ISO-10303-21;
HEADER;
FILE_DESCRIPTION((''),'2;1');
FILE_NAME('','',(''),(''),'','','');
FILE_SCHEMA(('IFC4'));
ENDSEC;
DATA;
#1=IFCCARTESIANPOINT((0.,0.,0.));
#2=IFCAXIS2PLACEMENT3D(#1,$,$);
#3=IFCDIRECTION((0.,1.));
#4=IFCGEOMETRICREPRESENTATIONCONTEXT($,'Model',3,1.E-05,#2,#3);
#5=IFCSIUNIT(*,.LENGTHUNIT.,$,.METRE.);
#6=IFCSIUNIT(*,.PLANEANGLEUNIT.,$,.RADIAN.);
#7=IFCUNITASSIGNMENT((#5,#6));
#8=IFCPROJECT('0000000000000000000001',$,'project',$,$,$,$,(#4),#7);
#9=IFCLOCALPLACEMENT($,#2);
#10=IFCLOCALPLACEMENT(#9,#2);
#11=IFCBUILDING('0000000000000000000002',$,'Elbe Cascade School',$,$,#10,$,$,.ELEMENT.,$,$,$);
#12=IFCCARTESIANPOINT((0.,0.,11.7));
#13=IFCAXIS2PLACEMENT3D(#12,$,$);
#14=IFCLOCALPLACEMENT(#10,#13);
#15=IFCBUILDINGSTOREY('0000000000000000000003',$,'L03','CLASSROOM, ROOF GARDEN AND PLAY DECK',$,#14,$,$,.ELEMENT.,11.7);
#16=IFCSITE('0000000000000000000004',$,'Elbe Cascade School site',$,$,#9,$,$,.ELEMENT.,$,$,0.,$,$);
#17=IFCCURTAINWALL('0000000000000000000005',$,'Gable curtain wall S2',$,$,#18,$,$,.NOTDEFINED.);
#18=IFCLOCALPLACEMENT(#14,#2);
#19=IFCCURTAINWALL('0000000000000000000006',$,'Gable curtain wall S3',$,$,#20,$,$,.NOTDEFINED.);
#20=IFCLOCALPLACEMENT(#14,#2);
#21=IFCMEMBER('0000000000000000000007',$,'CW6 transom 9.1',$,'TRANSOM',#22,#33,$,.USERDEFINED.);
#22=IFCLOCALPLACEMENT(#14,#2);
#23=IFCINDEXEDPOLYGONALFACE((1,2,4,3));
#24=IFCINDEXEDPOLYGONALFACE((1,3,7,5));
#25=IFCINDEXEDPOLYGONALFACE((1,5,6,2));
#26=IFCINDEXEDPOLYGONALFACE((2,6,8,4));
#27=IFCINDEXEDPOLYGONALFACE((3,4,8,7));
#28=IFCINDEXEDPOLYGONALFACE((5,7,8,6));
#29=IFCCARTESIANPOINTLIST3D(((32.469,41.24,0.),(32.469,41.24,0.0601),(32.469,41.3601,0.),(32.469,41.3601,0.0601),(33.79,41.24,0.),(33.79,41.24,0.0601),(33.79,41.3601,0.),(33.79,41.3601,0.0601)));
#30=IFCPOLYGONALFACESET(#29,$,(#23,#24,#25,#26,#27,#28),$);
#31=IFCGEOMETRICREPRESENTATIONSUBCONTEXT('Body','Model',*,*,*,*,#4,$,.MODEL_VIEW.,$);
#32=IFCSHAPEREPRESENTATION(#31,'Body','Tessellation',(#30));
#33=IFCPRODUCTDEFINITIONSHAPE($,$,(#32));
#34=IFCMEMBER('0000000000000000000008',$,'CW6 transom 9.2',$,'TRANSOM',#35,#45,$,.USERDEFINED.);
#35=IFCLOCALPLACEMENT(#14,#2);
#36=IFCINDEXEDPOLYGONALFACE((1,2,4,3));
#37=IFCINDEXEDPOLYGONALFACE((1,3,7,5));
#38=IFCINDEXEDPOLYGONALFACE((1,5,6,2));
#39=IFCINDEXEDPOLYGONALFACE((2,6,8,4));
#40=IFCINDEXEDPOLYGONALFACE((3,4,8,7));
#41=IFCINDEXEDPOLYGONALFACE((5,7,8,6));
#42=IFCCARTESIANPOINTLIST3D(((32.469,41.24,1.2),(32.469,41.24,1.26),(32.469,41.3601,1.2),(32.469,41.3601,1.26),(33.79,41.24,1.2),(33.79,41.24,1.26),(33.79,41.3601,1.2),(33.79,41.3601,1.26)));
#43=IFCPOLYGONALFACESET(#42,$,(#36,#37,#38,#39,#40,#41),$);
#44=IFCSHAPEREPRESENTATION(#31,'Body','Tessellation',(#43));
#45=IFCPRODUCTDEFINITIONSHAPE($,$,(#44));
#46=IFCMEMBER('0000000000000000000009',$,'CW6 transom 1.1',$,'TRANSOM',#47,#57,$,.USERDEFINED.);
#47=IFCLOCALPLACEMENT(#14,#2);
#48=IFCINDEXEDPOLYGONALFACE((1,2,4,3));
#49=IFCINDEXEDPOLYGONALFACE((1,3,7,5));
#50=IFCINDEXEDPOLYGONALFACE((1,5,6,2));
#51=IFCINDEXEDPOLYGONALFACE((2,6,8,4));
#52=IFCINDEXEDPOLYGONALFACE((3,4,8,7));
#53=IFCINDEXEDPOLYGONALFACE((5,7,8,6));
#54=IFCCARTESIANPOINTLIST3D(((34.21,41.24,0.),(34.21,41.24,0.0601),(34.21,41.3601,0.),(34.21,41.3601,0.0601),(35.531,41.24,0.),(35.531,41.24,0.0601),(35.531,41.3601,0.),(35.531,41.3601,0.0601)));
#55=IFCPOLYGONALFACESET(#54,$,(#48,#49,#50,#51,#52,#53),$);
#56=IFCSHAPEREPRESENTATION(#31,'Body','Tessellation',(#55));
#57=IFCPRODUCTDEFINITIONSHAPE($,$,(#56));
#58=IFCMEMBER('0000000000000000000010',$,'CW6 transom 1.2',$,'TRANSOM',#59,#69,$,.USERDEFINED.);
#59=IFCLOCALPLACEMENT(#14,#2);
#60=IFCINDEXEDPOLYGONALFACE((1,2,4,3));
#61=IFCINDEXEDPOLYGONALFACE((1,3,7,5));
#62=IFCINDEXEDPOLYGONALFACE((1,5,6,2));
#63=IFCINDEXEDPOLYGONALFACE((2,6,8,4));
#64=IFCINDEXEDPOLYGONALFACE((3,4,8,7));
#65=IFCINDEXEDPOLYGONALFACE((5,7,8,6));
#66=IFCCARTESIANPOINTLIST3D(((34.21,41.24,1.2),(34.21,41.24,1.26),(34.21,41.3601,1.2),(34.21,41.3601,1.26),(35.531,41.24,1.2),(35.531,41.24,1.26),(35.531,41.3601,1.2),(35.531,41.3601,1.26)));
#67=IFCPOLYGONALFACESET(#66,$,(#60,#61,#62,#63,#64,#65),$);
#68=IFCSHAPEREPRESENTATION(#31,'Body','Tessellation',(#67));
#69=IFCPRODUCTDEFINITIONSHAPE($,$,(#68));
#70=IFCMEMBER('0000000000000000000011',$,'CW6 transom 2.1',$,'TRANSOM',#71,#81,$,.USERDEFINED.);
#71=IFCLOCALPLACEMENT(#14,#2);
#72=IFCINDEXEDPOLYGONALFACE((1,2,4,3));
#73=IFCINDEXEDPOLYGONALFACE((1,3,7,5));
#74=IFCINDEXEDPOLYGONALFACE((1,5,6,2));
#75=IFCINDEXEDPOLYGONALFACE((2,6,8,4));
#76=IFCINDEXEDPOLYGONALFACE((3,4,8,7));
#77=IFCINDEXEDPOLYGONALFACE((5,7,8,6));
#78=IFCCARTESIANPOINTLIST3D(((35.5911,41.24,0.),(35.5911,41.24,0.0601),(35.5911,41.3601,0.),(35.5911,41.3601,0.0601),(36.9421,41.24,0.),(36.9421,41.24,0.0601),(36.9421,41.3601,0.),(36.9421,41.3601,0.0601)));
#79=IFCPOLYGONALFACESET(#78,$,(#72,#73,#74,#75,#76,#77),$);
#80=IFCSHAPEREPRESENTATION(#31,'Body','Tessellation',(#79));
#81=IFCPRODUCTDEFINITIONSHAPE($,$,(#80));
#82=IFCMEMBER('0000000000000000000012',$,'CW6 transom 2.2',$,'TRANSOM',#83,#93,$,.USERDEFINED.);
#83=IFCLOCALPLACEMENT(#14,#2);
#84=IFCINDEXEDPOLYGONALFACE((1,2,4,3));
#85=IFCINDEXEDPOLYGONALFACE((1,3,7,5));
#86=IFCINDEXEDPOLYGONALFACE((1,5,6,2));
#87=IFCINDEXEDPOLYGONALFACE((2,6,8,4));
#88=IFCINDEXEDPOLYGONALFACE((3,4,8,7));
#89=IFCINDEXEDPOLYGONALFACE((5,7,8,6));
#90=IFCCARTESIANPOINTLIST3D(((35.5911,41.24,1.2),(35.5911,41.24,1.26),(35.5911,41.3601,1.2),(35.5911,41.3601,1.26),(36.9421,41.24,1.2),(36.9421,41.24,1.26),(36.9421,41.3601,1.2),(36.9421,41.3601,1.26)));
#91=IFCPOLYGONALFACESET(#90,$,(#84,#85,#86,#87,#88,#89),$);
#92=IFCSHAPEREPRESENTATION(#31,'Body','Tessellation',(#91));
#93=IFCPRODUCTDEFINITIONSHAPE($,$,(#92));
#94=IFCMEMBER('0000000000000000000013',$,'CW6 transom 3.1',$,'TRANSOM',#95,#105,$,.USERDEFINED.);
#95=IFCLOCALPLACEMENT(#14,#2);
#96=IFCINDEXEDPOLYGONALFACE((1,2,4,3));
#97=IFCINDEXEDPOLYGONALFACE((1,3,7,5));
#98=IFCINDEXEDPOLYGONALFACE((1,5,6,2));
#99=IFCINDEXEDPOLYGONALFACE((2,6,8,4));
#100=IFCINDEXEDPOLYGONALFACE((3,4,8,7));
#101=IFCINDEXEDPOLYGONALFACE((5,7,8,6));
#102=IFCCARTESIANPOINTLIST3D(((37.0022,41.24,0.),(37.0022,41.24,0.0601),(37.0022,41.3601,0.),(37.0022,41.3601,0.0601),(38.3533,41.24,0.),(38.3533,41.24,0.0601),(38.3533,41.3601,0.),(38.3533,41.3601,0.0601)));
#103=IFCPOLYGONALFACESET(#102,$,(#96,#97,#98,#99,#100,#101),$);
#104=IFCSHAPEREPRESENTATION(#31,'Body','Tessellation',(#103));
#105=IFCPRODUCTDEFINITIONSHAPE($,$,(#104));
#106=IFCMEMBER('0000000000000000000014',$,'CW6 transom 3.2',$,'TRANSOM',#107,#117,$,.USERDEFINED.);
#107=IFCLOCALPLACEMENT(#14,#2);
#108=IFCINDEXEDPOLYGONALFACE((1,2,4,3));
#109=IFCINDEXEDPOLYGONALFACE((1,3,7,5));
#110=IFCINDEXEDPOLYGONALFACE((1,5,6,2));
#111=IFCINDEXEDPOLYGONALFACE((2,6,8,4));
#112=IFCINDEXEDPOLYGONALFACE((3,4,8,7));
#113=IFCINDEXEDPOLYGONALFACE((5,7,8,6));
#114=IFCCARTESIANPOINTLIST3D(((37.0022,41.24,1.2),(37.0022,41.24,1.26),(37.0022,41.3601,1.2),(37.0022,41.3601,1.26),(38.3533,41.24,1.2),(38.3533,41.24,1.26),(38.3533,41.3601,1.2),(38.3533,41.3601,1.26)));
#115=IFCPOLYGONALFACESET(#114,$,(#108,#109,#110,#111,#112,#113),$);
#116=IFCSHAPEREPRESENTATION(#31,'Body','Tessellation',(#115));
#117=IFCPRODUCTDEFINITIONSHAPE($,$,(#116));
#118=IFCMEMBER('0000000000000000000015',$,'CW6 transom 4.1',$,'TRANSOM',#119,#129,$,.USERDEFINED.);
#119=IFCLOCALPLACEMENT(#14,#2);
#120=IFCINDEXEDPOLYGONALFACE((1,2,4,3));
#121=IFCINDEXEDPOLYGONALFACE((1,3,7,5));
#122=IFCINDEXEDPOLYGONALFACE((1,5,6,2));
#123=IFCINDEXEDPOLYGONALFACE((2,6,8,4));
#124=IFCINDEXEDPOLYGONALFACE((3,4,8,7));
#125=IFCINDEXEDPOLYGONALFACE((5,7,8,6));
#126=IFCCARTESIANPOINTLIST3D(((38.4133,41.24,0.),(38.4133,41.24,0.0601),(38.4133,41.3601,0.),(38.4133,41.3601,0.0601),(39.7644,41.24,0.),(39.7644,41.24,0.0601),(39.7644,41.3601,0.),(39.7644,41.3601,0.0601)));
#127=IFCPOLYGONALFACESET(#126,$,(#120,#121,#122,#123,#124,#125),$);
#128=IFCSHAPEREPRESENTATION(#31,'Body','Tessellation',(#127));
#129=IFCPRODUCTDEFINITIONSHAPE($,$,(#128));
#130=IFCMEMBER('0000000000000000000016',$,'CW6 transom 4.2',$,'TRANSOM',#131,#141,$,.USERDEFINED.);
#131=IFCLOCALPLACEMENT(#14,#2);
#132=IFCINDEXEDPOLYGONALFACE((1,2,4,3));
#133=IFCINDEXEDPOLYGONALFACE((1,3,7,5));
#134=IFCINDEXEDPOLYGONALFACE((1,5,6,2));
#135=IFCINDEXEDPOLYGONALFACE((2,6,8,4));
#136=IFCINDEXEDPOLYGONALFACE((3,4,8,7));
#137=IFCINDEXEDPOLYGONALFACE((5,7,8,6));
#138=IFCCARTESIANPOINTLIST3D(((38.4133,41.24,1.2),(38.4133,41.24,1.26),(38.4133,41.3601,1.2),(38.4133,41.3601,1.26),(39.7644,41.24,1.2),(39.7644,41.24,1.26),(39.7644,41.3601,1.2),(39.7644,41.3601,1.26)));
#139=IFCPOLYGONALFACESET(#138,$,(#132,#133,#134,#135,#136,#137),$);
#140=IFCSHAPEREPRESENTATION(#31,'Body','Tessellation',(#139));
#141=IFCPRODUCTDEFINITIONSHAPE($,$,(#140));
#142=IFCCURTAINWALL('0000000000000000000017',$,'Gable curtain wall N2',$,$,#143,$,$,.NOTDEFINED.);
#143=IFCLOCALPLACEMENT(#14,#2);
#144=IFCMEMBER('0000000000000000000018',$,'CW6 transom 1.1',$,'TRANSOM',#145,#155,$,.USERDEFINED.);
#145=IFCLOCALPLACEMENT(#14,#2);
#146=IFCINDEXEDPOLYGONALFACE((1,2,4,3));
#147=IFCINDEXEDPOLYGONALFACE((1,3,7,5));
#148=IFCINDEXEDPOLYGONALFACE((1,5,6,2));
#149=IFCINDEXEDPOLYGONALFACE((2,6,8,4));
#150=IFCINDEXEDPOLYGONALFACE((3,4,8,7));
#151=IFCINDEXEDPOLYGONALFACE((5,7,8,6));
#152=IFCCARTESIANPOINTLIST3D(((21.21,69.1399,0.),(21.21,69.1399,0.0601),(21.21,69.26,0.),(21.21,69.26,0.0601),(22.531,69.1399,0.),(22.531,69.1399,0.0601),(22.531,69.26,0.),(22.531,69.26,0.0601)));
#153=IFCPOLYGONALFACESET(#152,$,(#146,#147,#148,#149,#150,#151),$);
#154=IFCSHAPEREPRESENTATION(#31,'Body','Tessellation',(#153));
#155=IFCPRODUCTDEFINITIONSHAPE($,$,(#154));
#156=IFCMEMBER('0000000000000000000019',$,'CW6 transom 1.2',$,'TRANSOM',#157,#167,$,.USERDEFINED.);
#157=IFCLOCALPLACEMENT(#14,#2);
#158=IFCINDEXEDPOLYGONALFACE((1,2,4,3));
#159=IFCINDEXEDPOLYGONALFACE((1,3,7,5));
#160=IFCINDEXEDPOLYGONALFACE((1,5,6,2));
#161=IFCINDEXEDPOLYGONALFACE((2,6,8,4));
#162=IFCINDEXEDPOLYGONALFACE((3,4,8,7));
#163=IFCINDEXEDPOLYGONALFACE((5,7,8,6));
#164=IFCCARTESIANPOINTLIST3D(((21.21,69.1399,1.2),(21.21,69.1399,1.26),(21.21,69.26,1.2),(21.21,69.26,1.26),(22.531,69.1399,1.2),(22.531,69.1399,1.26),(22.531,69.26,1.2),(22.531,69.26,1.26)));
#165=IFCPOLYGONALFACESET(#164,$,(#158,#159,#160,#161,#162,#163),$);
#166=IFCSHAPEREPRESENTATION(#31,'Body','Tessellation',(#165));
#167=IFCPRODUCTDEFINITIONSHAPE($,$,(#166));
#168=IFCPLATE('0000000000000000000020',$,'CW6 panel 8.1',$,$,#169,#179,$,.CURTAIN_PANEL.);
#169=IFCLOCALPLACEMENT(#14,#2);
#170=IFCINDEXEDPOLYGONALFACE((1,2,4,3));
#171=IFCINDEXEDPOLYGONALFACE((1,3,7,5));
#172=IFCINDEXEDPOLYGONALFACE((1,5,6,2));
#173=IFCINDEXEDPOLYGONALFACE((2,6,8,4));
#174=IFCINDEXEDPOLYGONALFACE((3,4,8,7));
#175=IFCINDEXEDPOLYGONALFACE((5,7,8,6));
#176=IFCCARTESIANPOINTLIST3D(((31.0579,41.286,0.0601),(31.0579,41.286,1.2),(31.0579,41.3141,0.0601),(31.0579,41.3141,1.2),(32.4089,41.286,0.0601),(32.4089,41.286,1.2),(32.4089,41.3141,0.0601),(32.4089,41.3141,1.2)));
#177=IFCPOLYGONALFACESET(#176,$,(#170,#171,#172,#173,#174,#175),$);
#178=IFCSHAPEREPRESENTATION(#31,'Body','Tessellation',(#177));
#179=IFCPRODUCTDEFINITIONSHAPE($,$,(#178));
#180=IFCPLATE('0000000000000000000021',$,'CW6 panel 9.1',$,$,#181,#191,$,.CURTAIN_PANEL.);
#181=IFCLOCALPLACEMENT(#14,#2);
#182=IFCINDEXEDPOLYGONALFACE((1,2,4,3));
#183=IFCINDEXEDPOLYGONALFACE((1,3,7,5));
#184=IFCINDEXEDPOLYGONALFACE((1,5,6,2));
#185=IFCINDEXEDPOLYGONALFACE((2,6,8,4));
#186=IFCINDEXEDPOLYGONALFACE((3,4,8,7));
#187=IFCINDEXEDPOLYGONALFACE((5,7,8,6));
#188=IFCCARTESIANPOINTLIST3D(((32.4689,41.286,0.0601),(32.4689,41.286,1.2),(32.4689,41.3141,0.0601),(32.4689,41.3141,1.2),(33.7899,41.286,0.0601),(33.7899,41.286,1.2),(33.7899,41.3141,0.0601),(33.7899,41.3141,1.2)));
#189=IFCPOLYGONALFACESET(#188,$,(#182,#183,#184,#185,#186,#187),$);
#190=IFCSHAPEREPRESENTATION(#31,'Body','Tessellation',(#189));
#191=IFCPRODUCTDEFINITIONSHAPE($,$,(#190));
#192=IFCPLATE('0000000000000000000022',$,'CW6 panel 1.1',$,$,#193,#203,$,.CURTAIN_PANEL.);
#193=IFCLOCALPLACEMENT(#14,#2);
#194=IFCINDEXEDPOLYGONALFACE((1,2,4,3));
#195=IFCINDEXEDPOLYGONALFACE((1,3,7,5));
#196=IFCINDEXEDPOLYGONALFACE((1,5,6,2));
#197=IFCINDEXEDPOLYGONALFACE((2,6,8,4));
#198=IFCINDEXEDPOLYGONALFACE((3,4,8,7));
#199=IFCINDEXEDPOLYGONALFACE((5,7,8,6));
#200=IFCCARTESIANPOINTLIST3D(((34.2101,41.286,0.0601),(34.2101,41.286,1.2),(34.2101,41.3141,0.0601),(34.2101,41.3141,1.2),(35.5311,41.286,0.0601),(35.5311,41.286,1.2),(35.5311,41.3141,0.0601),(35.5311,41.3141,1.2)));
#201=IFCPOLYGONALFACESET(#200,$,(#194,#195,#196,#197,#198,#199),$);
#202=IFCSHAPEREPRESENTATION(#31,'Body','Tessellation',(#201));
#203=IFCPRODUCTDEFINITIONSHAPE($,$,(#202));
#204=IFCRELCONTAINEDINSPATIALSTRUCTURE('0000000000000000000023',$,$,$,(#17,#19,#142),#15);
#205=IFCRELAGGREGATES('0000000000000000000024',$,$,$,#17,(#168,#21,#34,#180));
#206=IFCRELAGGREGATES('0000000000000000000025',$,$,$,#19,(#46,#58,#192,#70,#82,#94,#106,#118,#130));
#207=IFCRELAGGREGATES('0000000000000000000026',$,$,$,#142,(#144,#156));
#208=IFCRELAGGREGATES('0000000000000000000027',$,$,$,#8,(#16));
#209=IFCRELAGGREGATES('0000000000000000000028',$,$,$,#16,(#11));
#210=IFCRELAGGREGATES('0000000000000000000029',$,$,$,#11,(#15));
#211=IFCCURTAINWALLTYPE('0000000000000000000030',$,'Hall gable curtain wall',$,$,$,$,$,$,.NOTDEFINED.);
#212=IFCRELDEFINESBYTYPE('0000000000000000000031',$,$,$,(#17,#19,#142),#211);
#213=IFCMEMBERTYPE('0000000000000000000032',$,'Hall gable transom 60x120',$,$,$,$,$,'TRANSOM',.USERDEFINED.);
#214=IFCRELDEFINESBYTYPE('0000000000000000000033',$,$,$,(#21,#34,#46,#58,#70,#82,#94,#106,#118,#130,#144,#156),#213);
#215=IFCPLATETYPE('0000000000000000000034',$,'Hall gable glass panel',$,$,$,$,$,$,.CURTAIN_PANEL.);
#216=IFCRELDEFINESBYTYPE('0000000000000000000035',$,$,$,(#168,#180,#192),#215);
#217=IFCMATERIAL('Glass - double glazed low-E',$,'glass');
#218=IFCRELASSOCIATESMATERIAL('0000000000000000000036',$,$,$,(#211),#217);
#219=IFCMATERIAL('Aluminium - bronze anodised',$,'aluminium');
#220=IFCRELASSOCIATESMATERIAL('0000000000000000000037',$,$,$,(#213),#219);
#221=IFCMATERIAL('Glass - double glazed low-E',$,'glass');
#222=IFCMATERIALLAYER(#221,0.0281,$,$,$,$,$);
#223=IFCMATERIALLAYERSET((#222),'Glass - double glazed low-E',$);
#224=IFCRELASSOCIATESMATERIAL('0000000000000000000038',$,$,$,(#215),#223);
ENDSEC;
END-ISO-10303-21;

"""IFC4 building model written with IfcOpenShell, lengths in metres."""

from ifc_helpers import new_model, si_unit, direction, frame, origin, origin_2d, place, context, subcontext, project, spatial, rectangle, extrude, material, layer, layer_set, material_profile, profile_set, type_object, element, aggregate, save


model = new_model("IFC4")

# Units and contexts
model_context = context("Model", 3, precision=1e-05, world=origin(), true_north=direction((0.0, 1.0)))
body_context = subcontext(model_context, "Body", "Model", "MODEL_VIEW")
ifc_project = project(units=[si_unit("LENGTHUNIT", "METRE"), si_unit("PLANEANGLEUNIT", "RADIAN")], contexts=[model_context])

# Site, building, storey
site_placement = place(None, origin())
site = spatial("IfcSite", under=ifc_project, at=site_placement, Name="Elbe Cascade School site", CompositionType="ELEMENT", RefElevation=0.0)
building_placement = place(site_placement, origin())
building = spatial("IfcBuilding", under=site, at=building_placement, Name="Elbe Cascade School", CompositionType="ELEMENT")
storey_placement = place(building_placement, frame((0.0, 0.0, 11.7)))
storey = spatial("IfcBuildingStorey", under=building, at=storey_placement, Name="L03", Description="CLASSROOM, ROOF GARDEN AND PLAY DECK", CompositionType="ELEMENT", Elevation=11.7)

# Curtain walls
ifc_material_1 = material(Name="Glass - double glazed low-E", Category="glass")
curtain_wall_type = type_object("IfcCurtainWallType", Name="Hall gable curtain wall", PredefinedType="NOTDEFINED", material=ifc_material_1)
curtain_wall_1_placement = place(storey_placement, origin())
curtain_wall_1 = element("IfcCurtainWall", 1, at=curtain_wall_1_placement, inside=storey, type_object=curtain_wall_type, Name="Gable curtain wall S2", PredefinedType="NOTDEFINED")
curtain_wall_2_placement = place(storey_placement, origin())
curtain_wall_2 = element("IfcCurtainWall", 2, at=curtain_wall_2_placement, inside=storey, type_object=curtain_wall_type, Name="Gable curtain wall S3", PredefinedType="NOTDEFINED")

# Members
ifc_material_2 = material(Name="Aluminium - bronze anodised", Category="aluminium")
ifc_material_profile_1 = material_profile(ifc_material_2, rectangle(XDim=0.1201, YDim=0.0601, at=origin_2d()), Name="Alu 60x120")
ifc_profile_set_1 = profile_set([ifc_material_profile_1], Name="Aluminium - bronze anodised")
member_type_1 = type_object("IfcMemberType", Name="Hall gable transom 60x120", ElementType="TRANSOM", PredefinedType="USERDEFINED", material=ifc_profile_set_1)
member_1_placement = place(storey_placement, frame((32.469, 41.3, 0.03), z_axis=(1.0, 0.0, 0.0), x_axis=(0.0, 1.0, 0.0)))
member_1 = element("IfcMember", 3, at=member_1_placement, type_object=member_type_1, Name="CW6 transom 9.1", ObjectType="TRANSOM", PredefinedType="USERDEFINED", context=body_context, shape_type="SweptSolid", body=[
    extrude(rectangle(XDim=0.1201, YDim=0.0601, at=origin_2d()), origin(), (0.0, 0.0, 1.0), 1.321),
])
member_2_placement = place(storey_placement, frame((32.469, 41.3, 1.23), z_axis=(1.0, 0.0, 0.0), x_axis=(0.0, 1.0, 0.0)))
member_2 = element("IfcMember", 4, at=member_2_placement, type_object=member_type_1, Name="CW6 transom 9.2", ObjectType="TRANSOM", PredefinedType="USERDEFINED", context=body_context, shape_type="SweptSolid", body=[
    extrude(rectangle(XDim=0.1201, YDim=0.0601, at=origin_2d()), origin(), (0.0, 0.0, 1.0), 1.321),
])
member_3_placement = place(storey_placement, frame((34.21, 41.3, 0.03), z_axis=(1.0, 0.0, 0.0), x_axis=(0.0, 1.0, 0.0)))
member_3 = element("IfcMember", 5, at=member_3_placement, type_object=member_type_1, Name="CW6 transom 1.1", ObjectType="TRANSOM", PredefinedType="USERDEFINED", context=body_context, shape_type="SweptSolid", body=[
    extrude(rectangle(XDim=0.1201, YDim=0.0601, at=origin_2d()), origin(), (0.0, 0.0, 1.0), 1.321),
])
member_4_placement = place(storey_placement, frame((34.21, 41.3, 1.23), z_axis=(1.0, 0.0, 0.0), x_axis=(0.0, 1.0, 0.0)))
member_4 = element("IfcMember", 6, at=member_4_placement, type_object=member_type_1, Name="CW6 transom 1.2", ObjectType="TRANSOM", PredefinedType="USERDEFINED", context=body_context, shape_type="SweptSolid", body=[
    extrude(rectangle(XDim=0.1201, YDim=0.0601, at=origin_2d()), origin(), (0.0, 0.0, 1.0), 1.321),
])
member_5_placement = place(storey_placement, frame((35.5911, 41.3, 0.03), z_axis=(1.0, 0.0, 0.0), x_axis=(0.0, 1.0, 0.0)))
member_5 = element("IfcMember", 7, at=member_5_placement, type_object=member_type_1, Name="CW6 transom 2.1", ObjectType="TRANSOM", PredefinedType="USERDEFINED", context=body_context, shape_type="SweptSolid", body=[
    extrude(rectangle(XDim=0.1201, YDim=0.0601, at=origin_2d()), origin(), (0.0, 0.0, 1.0), 1.3511),
])
member_6_placement = place(storey_placement, frame((35.5911, 41.3, 1.23), z_axis=(1.0, 0.0, 0.0), x_axis=(0.0, 1.0, 0.0)))
member_6 = element("IfcMember", 8, at=member_6_placement, type_object=member_type_1, Name="CW6 transom 2.2", ObjectType="TRANSOM", PredefinedType="USERDEFINED", context=body_context, shape_type="SweptSolid", body=[
    extrude(rectangle(XDim=0.1201, YDim=0.0601, at=origin_2d()), origin(), (0.0, 0.0, 1.0), 1.3511),
])
member_7_placement = place(storey_placement, frame((37.0022, 41.3, 0.03), z_axis=(1.0, 0.0, 0.0), x_axis=(0.0, 1.0, 0.0)))
member_7 = element("IfcMember", 9, at=member_7_placement, type_object=member_type_1, Name="CW6 transom 3.1", ObjectType="TRANSOM", PredefinedType="USERDEFINED", context=body_context, shape_type="SweptSolid", body=[
    extrude(rectangle(XDim=0.1201, YDim=0.0601, at=origin_2d()), origin(), (0.0, 0.0, 1.0), 1.3511),
])
member_8_placement = place(storey_placement, frame((37.0022, 41.3, 1.23), z_axis=(1.0, 0.0, 0.0), x_axis=(0.0, 1.0, 0.0)))
member_8 = element("IfcMember", 10, at=member_8_placement, type_object=member_type_1, Name="CW6 transom 3.2", ObjectType="TRANSOM", PredefinedType="USERDEFINED", context=body_context, shape_type="SweptSolid", body=[
    extrude(rectangle(XDim=0.1201, YDim=0.0601, at=origin_2d()), origin(), (0.0, 0.0, 1.0), 1.3511),
])
member_9_placement = place(storey_placement, frame((38.4133, 41.3, 0.03), z_axis=(1.0, 0.0, 0.0), x_axis=(0.0, 1.0, 0.0)))
member_9 = element("IfcMember", 11, at=member_9_placement, type_object=member_type_1, Name="CW6 transom 4.1", ObjectType="TRANSOM", PredefinedType="USERDEFINED", context=body_context, shape_type="SweptSolid", body=[
    extrude(rectangle(XDim=0.1201, YDim=0.0601, at=origin_2d()), origin(), (0.0, 0.0, 1.0), 1.3511),
])
member_10_placement = place(storey_placement, frame((38.4133, 41.3, 1.23), z_axis=(1.0, 0.0, 0.0), x_axis=(0.0, 1.0, 0.0)))
member_10 = element("IfcMember", 12, at=member_10_placement, type_object=member_type_1, Name="CW6 transom 4.2", ObjectType="TRANSOM", PredefinedType="USERDEFINED", context=body_context, shape_type="SweptSolid", body=[
    extrude(rectangle(XDim=0.1201, YDim=0.0601, at=origin_2d()), origin(), (0.0, 0.0, 1.0), 1.3511),
])

# Curtain wall, members
curtain_wall_3_placement = place(storey_placement, origin())
curtain_wall_3 = element("IfcCurtainWall", 13, at=curtain_wall_3_placement, inside=storey, type_object=curtain_wall_type, Name="Gable curtain wall N2", PredefinedType="NOTDEFINED")
member_11_placement = place(storey_placement, frame((21.21, 69.2, 0.03), z_axis=(1.0, 0.0, 0.0), x_axis=(0.0, 1.0, 0.0)))
member_11 = element("IfcMember", 14, at=member_11_placement, type_object=member_type_1, Name="CW6 transom 1.1", ObjectType="TRANSOM", PredefinedType="USERDEFINED", context=body_context, shape_type="SweptSolid", body=[
    extrude(rectangle(XDim=0.1201, YDim=0.0601, at=origin_2d()), origin(), (0.0, 0.0, 1.0), 1.321),
])
member_12_placement = place(storey_placement, frame((21.21, 69.2, 1.23), z_axis=(1.0, 0.0, 0.0), x_axis=(0.0, 1.0, 0.0)))
member_12 = element("IfcMember", 15, at=member_12_placement, type_object=member_type_1, Name="CW6 transom 1.2", ObjectType="TRANSOM", PredefinedType="USERDEFINED", context=body_context, shape_type="SweptSolid", body=[
    extrude(rectangle(XDim=0.1201, YDim=0.0601, at=origin_2d()), origin(), (0.0, 0.0, 1.0), 1.321),
])

# Plates
ifc_material_3 = material(Name="Glass - double glazed low-E", Category="glass")
ifc_layer_1 = layer(ifc_material_3, 0.0281)
ifc_layer_set_1 = layer_set([ifc_layer_1], Name="Glass - double glazed low-E")
plate_type = type_object("IfcPlateType", Name="Hall gable glass panel", PredefinedType="CURTAIN_PANEL", material=ifc_layer_set_1)
plate_1_placement = place(storey_placement, frame((31.7334, 41.3, 0.0601), z_axis=(0.0, 0.0, 1.0), x_axis=(1.0, 0.0, 0.0)))
plate_1 = element("IfcPlate", 16, at=plate_1_placement, type_object=plate_type, Name="CW6 panel 8.1", PredefinedType="CURTAIN_PANEL", context=body_context, shape_type="SweptSolid", body=[
    extrude(rectangle(XDim=1.3511, YDim=0.0281, at=origin_2d()), origin(), (0.0, 0.0, 1.0), 1.1399),
])
plate_2_placement = place(storey_placement, frame((33.1294, 41.3, 0.0601), z_axis=(0.0, 0.0, 1.0), x_axis=(1.0, 0.0, 0.0)))
plate_2 = element("IfcPlate", 17, at=plate_2_placement, type_object=plate_type, Name="CW6 panel 9.1", PredefinedType="CURTAIN_PANEL", context=body_context, shape_type="SweptSolid", body=[
    extrude(rectangle(XDim=1.321, YDim=0.0281, at=origin_2d()), origin(), (0.0, 0.0, 1.0), 1.1399),
])
aggregate(curtain_wall_1, [plate_1, member_1, member_2, plate_2])
plate_3_placement = place(storey_placement, frame((34.8706, 41.3, 0.0601), z_axis=(0.0, 0.0, 1.0), x_axis=(1.0, 0.0, 0.0)))
plate_3 = element("IfcPlate", 18, at=plate_3_placement, type_object=plate_type, Name="CW6 panel 1.1", PredefinedType="CURTAIN_PANEL", context=body_context, shape_type="SweptSolid", body=[
    extrude(rectangle(XDim=1.321, YDim=0.0281, at=origin_2d()), origin(), (0.0, 0.0, 1.0), 1.1399),
])
aggregate(curtain_wall_2, [member_3, member_4, plate_3, member_5, member_6, member_7, member_8, member_9, member_10])
aggregate(curtain_wall_3, [member_11, member_12])

save(model, "model.ifc")
